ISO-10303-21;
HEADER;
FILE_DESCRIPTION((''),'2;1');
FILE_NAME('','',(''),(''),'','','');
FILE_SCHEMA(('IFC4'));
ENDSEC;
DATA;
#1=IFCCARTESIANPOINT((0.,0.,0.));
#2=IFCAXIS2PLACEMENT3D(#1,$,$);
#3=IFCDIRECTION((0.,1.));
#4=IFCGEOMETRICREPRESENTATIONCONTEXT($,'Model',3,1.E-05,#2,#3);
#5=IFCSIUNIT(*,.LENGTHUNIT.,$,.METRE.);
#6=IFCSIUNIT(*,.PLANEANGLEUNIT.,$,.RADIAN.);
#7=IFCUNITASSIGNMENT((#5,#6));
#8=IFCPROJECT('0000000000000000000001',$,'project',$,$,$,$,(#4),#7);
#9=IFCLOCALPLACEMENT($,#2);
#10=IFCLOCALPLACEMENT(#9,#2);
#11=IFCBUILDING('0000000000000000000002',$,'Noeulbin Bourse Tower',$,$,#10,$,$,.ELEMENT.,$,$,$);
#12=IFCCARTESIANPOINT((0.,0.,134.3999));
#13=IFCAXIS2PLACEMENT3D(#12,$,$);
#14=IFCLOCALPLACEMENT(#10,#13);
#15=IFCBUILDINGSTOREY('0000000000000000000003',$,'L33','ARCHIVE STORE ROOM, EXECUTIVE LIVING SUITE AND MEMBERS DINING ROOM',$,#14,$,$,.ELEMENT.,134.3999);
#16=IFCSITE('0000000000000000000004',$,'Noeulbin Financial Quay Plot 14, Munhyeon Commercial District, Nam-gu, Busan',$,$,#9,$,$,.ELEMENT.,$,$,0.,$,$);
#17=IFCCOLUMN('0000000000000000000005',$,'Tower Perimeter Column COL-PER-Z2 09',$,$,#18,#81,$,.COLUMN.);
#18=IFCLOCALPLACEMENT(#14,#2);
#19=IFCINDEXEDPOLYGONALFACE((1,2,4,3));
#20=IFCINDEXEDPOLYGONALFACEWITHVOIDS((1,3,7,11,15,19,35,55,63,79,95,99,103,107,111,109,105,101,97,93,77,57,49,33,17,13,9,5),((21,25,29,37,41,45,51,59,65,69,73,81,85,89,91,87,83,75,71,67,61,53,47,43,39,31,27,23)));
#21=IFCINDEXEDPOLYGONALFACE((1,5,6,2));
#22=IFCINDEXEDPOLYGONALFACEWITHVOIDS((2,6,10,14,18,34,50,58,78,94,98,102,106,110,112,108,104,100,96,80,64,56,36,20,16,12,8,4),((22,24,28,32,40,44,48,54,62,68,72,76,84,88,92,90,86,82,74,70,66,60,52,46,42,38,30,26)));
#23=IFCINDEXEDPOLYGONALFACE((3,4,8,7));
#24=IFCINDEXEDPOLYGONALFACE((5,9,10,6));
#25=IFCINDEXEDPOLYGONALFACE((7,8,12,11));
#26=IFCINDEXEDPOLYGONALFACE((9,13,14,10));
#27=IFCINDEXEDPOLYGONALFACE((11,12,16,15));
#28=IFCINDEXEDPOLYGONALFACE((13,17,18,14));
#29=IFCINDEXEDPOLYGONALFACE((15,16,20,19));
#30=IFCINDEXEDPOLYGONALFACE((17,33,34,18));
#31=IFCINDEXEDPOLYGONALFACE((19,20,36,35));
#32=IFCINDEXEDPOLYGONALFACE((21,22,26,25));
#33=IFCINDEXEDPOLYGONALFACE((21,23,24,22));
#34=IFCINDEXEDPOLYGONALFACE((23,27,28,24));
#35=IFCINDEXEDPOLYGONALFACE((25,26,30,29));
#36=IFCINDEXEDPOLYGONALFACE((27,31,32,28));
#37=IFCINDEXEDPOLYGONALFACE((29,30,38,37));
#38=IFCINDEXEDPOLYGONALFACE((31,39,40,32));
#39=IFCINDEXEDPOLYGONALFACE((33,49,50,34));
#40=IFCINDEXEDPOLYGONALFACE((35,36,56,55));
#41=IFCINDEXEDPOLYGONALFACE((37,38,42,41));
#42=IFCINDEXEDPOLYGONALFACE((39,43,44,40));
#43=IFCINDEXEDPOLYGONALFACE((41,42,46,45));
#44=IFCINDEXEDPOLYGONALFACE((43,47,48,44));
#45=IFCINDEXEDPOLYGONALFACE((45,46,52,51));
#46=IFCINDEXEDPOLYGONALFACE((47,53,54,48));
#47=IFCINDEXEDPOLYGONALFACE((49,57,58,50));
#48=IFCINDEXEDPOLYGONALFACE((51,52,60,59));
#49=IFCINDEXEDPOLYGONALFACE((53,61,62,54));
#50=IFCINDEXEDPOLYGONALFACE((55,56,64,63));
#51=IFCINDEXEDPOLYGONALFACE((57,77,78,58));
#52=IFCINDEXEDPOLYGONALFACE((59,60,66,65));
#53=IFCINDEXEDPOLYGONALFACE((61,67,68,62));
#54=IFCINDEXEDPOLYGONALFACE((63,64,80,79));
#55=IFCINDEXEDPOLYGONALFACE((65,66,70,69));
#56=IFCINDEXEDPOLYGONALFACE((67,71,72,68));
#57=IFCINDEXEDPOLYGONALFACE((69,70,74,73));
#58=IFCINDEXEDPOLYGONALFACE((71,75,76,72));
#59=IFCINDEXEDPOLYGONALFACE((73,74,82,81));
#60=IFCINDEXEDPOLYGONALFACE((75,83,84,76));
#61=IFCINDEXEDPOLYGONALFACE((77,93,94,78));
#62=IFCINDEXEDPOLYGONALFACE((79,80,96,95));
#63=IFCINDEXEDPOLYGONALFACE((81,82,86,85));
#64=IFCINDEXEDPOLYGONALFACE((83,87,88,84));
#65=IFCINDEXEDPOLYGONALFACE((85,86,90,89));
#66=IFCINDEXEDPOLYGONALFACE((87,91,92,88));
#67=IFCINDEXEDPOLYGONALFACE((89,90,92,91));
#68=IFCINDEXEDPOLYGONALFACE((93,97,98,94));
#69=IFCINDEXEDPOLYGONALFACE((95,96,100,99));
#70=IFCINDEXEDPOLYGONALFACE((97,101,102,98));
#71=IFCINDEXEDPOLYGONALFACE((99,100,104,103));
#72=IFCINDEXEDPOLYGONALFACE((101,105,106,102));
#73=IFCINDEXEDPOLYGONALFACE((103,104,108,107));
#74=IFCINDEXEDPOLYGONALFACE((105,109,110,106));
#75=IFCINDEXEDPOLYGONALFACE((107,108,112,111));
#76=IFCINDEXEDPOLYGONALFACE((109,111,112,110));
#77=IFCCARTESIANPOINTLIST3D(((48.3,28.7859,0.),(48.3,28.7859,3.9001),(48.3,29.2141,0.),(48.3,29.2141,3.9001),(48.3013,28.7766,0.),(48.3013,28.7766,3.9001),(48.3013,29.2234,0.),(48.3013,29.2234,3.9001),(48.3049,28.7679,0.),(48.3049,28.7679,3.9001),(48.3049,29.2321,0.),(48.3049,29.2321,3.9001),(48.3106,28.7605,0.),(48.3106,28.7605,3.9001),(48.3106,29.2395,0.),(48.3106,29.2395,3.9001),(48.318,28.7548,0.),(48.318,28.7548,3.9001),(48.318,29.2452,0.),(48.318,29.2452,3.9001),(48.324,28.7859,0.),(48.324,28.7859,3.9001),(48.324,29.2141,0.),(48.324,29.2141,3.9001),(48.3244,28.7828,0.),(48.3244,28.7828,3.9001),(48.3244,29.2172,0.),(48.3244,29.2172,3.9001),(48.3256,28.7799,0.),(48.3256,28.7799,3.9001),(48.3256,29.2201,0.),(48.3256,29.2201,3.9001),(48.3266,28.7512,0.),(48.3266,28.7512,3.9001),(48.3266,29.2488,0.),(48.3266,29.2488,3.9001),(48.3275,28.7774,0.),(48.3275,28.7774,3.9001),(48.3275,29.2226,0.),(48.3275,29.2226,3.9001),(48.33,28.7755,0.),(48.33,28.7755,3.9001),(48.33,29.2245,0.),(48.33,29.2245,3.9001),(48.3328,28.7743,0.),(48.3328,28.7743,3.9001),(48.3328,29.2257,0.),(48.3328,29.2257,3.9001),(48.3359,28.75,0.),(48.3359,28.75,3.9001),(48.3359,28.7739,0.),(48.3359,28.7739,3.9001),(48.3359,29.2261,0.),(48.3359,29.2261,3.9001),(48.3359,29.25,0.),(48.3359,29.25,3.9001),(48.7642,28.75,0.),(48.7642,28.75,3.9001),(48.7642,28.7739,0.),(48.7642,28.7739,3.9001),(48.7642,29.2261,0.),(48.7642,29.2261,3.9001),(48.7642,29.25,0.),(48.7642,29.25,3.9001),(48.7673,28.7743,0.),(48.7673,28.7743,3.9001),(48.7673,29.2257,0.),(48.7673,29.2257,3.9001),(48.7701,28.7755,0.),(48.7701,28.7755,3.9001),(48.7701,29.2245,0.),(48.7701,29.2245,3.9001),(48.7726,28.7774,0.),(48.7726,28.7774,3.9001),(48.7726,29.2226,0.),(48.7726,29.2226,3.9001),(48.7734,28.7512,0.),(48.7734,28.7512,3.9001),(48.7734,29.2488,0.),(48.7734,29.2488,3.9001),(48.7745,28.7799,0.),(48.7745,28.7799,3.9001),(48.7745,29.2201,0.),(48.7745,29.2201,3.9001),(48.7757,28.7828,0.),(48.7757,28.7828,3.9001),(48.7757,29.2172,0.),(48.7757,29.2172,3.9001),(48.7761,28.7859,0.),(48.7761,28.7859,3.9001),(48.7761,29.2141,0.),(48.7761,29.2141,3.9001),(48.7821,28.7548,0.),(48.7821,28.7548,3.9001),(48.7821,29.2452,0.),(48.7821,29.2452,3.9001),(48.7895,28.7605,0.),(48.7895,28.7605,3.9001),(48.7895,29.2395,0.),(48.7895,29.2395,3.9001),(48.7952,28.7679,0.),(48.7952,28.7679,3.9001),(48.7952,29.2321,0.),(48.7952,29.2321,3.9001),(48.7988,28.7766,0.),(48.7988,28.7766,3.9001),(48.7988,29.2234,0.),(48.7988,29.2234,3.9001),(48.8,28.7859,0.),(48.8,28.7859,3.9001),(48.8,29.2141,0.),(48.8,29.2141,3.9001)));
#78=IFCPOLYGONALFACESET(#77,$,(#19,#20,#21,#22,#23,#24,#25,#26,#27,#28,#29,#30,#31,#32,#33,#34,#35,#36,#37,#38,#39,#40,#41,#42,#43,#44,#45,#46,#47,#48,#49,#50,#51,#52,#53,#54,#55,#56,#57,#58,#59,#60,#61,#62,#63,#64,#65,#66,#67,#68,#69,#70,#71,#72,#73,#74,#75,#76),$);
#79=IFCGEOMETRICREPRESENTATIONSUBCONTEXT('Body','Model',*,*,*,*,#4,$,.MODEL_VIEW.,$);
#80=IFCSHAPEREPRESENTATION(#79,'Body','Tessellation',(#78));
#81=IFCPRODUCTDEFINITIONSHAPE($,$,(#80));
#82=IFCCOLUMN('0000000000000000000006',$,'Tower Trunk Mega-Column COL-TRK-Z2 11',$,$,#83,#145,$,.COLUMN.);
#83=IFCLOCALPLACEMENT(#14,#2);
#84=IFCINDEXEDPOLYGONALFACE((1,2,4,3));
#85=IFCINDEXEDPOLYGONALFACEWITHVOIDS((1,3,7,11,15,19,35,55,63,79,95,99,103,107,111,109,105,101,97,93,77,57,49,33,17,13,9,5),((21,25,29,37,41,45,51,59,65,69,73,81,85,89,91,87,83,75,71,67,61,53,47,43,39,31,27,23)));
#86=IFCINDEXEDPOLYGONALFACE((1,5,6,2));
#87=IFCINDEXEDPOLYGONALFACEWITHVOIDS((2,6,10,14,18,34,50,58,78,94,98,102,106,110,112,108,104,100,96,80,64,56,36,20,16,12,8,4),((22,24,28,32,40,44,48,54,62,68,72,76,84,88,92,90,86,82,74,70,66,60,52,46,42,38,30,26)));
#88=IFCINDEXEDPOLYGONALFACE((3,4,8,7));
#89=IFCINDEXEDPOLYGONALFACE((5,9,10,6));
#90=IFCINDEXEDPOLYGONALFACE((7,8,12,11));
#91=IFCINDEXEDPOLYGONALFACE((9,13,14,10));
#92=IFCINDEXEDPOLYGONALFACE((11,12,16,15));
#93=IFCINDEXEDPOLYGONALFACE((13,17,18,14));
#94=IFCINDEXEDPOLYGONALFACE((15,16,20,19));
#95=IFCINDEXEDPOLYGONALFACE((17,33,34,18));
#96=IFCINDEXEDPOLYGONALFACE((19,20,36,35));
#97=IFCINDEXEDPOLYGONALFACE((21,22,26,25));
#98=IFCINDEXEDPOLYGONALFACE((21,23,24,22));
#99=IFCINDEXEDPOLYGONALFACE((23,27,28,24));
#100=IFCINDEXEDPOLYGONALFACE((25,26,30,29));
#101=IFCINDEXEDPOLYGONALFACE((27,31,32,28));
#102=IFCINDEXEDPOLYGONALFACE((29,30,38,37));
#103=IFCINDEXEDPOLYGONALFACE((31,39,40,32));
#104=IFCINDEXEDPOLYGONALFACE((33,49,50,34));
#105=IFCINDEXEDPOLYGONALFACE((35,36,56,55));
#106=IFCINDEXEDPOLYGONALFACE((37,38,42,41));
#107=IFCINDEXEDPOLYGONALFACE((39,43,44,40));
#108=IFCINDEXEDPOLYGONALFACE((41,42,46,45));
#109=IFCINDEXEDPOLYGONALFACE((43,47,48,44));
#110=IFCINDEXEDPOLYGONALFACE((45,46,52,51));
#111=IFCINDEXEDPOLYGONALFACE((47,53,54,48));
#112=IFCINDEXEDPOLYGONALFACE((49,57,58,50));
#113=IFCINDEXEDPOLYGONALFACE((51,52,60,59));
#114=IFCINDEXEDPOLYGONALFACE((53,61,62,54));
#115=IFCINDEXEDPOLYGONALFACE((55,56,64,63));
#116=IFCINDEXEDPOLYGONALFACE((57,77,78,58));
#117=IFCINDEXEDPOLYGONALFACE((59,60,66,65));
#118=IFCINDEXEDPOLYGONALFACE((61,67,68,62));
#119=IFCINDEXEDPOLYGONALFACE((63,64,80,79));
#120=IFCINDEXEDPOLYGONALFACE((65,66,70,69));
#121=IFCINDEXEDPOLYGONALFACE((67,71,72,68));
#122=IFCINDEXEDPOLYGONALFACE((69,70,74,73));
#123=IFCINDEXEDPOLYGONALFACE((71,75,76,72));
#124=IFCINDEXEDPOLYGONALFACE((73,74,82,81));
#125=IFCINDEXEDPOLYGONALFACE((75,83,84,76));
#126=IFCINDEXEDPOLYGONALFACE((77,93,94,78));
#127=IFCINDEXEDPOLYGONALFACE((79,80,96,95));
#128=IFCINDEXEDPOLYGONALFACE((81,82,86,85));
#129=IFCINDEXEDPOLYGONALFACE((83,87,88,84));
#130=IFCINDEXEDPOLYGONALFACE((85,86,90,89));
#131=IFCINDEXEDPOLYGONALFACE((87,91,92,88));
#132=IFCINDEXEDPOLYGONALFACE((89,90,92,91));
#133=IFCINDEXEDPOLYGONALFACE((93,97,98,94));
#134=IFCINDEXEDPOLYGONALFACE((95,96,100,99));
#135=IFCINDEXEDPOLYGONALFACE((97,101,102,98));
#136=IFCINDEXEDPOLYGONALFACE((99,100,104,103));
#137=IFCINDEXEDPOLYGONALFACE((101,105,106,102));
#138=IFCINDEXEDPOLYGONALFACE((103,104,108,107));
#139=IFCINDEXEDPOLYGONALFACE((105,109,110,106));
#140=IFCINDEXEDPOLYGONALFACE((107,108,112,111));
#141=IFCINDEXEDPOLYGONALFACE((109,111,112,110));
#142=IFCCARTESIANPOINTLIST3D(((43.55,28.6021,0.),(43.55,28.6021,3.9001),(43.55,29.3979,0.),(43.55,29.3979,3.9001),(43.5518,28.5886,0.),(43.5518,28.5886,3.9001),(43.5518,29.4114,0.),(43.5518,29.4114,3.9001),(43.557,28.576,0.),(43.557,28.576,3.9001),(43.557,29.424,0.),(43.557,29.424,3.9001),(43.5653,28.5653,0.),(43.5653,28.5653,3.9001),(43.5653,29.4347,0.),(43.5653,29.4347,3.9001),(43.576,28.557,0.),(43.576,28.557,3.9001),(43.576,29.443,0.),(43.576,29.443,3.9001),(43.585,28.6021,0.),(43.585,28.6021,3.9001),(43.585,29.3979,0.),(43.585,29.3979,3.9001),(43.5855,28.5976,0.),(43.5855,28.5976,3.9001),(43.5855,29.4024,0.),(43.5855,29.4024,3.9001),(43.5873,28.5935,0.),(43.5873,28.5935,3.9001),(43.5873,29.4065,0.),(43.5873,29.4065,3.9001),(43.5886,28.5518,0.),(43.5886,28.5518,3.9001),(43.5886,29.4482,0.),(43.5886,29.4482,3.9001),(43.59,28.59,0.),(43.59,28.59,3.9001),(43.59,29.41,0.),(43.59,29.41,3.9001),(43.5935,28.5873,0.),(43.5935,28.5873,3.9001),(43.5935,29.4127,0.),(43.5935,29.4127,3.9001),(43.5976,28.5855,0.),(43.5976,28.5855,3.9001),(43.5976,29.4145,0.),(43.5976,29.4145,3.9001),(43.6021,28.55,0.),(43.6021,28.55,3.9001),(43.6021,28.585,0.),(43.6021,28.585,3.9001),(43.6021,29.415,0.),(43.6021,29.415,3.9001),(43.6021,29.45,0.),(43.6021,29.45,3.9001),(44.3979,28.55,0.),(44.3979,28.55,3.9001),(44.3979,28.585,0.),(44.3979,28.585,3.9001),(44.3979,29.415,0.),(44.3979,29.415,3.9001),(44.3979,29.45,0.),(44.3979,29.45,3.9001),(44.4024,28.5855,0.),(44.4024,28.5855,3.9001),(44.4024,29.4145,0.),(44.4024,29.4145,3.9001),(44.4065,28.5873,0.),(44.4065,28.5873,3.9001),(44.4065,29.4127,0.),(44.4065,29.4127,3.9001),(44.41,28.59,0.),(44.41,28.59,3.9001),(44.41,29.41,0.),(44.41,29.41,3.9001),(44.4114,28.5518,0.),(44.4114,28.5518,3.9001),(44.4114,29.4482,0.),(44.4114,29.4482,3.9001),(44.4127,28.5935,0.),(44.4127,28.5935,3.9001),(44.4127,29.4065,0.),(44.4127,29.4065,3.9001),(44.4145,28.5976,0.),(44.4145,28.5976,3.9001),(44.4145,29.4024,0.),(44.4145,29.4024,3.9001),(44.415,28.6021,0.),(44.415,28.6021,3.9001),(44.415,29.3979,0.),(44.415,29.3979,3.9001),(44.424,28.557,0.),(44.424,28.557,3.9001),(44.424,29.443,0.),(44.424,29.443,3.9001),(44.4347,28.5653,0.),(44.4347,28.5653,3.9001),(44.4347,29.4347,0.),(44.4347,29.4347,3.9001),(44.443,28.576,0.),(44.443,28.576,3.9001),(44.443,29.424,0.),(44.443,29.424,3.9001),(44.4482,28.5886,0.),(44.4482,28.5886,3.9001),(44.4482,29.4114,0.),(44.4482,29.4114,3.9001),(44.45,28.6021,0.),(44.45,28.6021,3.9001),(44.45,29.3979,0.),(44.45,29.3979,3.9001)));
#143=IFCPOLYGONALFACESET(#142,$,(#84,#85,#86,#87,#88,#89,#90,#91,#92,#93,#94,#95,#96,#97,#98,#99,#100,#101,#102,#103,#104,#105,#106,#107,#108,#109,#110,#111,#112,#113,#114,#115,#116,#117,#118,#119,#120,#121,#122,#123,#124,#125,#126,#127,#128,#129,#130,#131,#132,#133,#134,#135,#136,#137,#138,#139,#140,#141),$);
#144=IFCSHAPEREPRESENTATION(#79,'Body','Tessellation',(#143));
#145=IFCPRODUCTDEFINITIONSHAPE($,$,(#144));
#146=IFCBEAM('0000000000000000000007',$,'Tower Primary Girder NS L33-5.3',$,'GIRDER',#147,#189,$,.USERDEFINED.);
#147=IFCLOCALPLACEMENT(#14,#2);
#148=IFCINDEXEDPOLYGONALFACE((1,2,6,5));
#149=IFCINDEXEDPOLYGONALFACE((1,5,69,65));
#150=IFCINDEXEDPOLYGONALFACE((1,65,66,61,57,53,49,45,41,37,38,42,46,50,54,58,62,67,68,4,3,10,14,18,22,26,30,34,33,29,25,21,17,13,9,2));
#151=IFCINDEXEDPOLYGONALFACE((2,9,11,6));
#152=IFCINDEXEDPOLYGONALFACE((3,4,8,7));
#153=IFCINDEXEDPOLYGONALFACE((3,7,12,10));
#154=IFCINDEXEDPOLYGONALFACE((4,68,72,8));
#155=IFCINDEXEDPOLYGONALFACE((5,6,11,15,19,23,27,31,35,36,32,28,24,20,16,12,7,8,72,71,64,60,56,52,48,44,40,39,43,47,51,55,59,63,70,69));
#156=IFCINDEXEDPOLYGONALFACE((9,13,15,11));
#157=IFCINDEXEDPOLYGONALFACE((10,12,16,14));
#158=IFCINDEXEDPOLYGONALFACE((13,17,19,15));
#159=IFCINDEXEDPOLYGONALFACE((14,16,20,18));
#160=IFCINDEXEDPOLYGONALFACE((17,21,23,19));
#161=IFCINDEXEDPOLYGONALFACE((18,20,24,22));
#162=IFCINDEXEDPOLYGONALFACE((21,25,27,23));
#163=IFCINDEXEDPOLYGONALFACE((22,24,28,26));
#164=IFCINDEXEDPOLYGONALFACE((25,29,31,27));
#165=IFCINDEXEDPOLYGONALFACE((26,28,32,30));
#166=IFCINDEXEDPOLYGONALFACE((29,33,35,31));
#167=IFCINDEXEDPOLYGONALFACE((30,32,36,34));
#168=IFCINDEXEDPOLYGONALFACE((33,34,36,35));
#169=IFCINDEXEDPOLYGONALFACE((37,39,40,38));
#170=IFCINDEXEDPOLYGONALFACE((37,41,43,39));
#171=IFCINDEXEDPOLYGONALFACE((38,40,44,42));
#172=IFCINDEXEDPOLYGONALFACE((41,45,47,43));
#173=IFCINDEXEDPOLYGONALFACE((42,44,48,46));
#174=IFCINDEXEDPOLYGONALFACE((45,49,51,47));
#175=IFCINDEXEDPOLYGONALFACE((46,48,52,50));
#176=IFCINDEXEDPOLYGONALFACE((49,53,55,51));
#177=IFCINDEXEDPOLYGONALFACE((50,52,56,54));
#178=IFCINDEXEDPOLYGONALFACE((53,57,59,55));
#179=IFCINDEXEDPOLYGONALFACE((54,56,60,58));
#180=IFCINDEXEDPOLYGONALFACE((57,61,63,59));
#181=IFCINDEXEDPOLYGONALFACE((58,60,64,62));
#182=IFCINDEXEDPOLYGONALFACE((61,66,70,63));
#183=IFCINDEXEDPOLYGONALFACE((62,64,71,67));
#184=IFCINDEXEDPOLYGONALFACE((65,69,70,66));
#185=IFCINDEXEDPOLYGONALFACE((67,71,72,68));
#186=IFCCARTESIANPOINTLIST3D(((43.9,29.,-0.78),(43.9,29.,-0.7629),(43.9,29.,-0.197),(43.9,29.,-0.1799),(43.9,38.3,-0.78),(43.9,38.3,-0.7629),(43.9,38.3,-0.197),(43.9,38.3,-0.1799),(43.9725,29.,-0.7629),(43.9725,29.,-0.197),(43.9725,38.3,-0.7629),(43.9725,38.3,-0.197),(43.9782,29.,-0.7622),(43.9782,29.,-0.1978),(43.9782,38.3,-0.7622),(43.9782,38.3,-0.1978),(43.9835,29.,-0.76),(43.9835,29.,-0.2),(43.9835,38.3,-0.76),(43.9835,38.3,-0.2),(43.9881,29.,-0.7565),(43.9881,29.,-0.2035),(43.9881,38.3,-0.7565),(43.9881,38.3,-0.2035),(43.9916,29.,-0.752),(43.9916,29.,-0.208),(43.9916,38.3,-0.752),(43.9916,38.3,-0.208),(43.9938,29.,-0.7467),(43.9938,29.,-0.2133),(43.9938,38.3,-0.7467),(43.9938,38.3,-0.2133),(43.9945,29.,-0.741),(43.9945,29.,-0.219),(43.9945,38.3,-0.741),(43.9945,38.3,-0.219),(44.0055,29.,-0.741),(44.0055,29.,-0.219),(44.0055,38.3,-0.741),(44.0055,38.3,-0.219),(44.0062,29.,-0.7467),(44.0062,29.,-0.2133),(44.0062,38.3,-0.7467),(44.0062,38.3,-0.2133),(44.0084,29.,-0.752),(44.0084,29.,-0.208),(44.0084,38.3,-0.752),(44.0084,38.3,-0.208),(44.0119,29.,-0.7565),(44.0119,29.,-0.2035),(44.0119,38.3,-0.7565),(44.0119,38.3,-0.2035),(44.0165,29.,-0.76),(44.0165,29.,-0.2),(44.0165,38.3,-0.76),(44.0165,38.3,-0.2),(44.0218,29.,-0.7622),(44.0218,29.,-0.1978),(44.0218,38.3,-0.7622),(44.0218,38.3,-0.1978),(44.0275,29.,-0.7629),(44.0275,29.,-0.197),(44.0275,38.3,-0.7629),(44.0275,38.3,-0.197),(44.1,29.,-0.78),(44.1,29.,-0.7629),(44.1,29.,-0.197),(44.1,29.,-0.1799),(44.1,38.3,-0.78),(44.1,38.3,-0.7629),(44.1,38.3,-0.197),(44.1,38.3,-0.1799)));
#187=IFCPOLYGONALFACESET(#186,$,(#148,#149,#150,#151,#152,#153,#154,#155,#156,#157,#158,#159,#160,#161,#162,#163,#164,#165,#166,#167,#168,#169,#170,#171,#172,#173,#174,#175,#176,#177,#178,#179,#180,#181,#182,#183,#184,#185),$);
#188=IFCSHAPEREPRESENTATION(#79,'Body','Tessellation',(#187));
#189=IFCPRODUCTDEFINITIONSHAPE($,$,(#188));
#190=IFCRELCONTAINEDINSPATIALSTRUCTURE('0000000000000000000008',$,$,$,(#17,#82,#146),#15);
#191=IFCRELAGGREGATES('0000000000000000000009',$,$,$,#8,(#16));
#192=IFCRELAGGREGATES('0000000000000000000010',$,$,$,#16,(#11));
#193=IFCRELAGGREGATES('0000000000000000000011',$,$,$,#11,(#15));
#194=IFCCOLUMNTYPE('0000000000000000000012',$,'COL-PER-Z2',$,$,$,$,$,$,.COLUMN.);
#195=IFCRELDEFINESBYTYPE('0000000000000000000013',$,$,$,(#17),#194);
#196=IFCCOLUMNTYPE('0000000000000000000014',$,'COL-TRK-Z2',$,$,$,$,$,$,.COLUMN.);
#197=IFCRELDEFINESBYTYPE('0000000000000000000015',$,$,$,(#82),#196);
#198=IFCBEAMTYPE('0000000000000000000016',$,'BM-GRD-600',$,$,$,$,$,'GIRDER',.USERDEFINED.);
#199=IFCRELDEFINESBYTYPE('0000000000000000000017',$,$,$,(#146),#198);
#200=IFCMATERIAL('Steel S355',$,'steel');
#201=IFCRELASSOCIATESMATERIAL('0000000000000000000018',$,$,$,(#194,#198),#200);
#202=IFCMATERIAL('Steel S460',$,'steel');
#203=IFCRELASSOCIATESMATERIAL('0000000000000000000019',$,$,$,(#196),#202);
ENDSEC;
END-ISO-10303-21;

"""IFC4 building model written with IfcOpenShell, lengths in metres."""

from ifc_helpers import new_model, si_unit, direction, frame, origin, origin_2d, place, context, subcontext, project, spatial, hollow_rectangle, i_section, extrude, material, material_profile, profile_set, type_object, element, save


model = new_model("IFC4")

# Units and contexts
model_context = context("Model", 3, precision=1e-05, world=origin(), true_north=direction((0.0, 1.0)))
body_context = subcontext(model_context, "Body", "Model", "MODEL_VIEW")
ifc_project = project(units=[si_unit("LENGTHUNIT", "METRE"), si_unit("PLANEANGLEUNIT", "RADIAN")], contexts=[model_context])

# Site, building, storey
site_placement = place(None, origin())
site = spatial("IfcSite", under=ifc_project, at=site_placement, Name="Noeulbin Financial Quay Plot 14, Munhyeon Commercial District, Nam-gu, Busan", CompositionType="ELEMENT", RefElevation=0.0)
building_placement = place(site_placement, origin())
building = spatial("IfcBuilding", under=site, at=building_placement, Name="Noeulbin Bourse Tower", CompositionType="ELEMENT")
storey_placement = place(building_placement, frame((0.0, 0.0, 134.3999)))
storey = spatial("IfcBuildingStorey", under=building, at=storey_placement, Name="L33", Description="ARCHIVE STORE ROOM, EXECUTIVE LIVING SUITE AND MEMBERS DINING ROOM", CompositionType="ELEMENT", Elevation=134.3999)

# Columns
ifc_material_1 = material(Name="Steel S355", Category="steel")
ifc_material_profile_1 = material_profile(ifc_material_1, hollow_rectangle(XDim=0.5, YDim=0.5, WallThickness=0.0239, InnerFilletRadius=0.012, OuterFilletRadius=0.0359, at=origin_2d()), Name="BOX-500x500x24", Category="LoadBearing")
ifc_profile_set_1 = profile_set([ifc_material_profile_1], Name="Steel S355")
column_type_1 = type_object("IfcColumnType", Name="COL-PER-Z2", PredefinedType="COLUMN", material=ifc_profile_set_1)
column_1_placement = place(storey_placement, frame((48.55, 29.0, 0.0), z_axis=(0.0, 0.0, 1.0), x_axis=(1.0, 0.0, 0.0)))
element("IfcColumn", 1, at=column_1_placement, inside=storey, type_object=column_type_1, Name="Tower Perimeter Column COL-PER-Z2 09", PredefinedType="COLUMN", context=body_context, shape_type="SweptSolid", body=[
    extrude(hollow_rectangle(XDim=0.5, YDim=0.5, WallThickness=0.0239, InnerFilletRadius=0.012, OuterFilletRadius=0.0359, at=origin_2d()), origin(), (0.0, 0.0, 1.0), 3.9001),
])
ifc_material_2 = material(Name="Steel S460", Category="steel")
ifc_material_profile_2 = material_profile(ifc_material_2, hollow_rectangle(XDim=0.8999, YDim=0.8999, WallThickness=0.0349, InnerFilletRadius=0.0171, OuterFilletRadius=0.052, at=origin_2d()), Name="BOX-900x900x35", Category="LoadBearing")
ifc_profile_set_2 = profile_set([ifc_material_profile_2], Name="Steel S460")
column_type_2 = type_object("IfcColumnType", Name="COL-TRK-Z2", PredefinedType="COLUMN", material=ifc_profile_set_2)
column_2_placement = place(storey_placement, frame((44.0, 29.0, 0.0), z_axis=(0.0, 0.0, 1.0), x_axis=(1.0, 0.0, 0.0)))
element("IfcColumn", 2, at=column_2_placement, inside=storey, type_object=column_type_2, Name="Tower Trunk Mega-Column COL-TRK-Z2 11", PredefinedType="COLUMN", context=body_context, shape_type="SweptSolid", body=[
    extrude(hollow_rectangle(XDim=0.8999, YDim=0.8999, WallThickness=0.0349, InnerFilletRadius=0.0171, OuterFilletRadius=0.052, at=origin_2d()), origin(), (0.0, 0.0, 1.0), 3.9001),
])

# Beam
ifc_material_profile_3 = material_profile(ifc_material_1, i_section(OverallWidth=0.2, OverallDepth=0.6001, WebThickness=0.011, FlangeThickness=0.0171, FilletRadius=0.022, at=origin_2d()), Name="H-600x200x11x17", Category="LoadBearing")
ifc_profile_set_3 = profile_set([ifc_material_profile_3], Name="Steel S355")
beam_type_1 = type_object("IfcBeamType", Name="BM-GRD-600", ElementType="GIRDER", PredefinedType="USERDEFINED", material=ifc_profile_set_3)
beam_1_placement = place(storey_placement, frame((44.0, 29.0, -0.48), z_axis=(0.0, 1.0, 0.0), x_axis=(-1.0, 0.0, 0.0)))
element("IfcBeam", 3, at=beam_1_placement, inside=storey, type_object=beam_type_1, Name="Tower Primary Girder NS L33-5.3", ObjectType="GIRDER", PredefinedType="USERDEFINED", context=body_context, shape_type="SweptSolid", body=[
    extrude(i_section(OverallWidth=0.2, OverallDepth=0.6001, WebThickness=0.011, FlangeThickness=0.0171, FilletRadius=0.022, at=origin_2d()), origin(), (0.0, 0.0, 1.0), 9.3),
])

save(model, "model.ifc")
